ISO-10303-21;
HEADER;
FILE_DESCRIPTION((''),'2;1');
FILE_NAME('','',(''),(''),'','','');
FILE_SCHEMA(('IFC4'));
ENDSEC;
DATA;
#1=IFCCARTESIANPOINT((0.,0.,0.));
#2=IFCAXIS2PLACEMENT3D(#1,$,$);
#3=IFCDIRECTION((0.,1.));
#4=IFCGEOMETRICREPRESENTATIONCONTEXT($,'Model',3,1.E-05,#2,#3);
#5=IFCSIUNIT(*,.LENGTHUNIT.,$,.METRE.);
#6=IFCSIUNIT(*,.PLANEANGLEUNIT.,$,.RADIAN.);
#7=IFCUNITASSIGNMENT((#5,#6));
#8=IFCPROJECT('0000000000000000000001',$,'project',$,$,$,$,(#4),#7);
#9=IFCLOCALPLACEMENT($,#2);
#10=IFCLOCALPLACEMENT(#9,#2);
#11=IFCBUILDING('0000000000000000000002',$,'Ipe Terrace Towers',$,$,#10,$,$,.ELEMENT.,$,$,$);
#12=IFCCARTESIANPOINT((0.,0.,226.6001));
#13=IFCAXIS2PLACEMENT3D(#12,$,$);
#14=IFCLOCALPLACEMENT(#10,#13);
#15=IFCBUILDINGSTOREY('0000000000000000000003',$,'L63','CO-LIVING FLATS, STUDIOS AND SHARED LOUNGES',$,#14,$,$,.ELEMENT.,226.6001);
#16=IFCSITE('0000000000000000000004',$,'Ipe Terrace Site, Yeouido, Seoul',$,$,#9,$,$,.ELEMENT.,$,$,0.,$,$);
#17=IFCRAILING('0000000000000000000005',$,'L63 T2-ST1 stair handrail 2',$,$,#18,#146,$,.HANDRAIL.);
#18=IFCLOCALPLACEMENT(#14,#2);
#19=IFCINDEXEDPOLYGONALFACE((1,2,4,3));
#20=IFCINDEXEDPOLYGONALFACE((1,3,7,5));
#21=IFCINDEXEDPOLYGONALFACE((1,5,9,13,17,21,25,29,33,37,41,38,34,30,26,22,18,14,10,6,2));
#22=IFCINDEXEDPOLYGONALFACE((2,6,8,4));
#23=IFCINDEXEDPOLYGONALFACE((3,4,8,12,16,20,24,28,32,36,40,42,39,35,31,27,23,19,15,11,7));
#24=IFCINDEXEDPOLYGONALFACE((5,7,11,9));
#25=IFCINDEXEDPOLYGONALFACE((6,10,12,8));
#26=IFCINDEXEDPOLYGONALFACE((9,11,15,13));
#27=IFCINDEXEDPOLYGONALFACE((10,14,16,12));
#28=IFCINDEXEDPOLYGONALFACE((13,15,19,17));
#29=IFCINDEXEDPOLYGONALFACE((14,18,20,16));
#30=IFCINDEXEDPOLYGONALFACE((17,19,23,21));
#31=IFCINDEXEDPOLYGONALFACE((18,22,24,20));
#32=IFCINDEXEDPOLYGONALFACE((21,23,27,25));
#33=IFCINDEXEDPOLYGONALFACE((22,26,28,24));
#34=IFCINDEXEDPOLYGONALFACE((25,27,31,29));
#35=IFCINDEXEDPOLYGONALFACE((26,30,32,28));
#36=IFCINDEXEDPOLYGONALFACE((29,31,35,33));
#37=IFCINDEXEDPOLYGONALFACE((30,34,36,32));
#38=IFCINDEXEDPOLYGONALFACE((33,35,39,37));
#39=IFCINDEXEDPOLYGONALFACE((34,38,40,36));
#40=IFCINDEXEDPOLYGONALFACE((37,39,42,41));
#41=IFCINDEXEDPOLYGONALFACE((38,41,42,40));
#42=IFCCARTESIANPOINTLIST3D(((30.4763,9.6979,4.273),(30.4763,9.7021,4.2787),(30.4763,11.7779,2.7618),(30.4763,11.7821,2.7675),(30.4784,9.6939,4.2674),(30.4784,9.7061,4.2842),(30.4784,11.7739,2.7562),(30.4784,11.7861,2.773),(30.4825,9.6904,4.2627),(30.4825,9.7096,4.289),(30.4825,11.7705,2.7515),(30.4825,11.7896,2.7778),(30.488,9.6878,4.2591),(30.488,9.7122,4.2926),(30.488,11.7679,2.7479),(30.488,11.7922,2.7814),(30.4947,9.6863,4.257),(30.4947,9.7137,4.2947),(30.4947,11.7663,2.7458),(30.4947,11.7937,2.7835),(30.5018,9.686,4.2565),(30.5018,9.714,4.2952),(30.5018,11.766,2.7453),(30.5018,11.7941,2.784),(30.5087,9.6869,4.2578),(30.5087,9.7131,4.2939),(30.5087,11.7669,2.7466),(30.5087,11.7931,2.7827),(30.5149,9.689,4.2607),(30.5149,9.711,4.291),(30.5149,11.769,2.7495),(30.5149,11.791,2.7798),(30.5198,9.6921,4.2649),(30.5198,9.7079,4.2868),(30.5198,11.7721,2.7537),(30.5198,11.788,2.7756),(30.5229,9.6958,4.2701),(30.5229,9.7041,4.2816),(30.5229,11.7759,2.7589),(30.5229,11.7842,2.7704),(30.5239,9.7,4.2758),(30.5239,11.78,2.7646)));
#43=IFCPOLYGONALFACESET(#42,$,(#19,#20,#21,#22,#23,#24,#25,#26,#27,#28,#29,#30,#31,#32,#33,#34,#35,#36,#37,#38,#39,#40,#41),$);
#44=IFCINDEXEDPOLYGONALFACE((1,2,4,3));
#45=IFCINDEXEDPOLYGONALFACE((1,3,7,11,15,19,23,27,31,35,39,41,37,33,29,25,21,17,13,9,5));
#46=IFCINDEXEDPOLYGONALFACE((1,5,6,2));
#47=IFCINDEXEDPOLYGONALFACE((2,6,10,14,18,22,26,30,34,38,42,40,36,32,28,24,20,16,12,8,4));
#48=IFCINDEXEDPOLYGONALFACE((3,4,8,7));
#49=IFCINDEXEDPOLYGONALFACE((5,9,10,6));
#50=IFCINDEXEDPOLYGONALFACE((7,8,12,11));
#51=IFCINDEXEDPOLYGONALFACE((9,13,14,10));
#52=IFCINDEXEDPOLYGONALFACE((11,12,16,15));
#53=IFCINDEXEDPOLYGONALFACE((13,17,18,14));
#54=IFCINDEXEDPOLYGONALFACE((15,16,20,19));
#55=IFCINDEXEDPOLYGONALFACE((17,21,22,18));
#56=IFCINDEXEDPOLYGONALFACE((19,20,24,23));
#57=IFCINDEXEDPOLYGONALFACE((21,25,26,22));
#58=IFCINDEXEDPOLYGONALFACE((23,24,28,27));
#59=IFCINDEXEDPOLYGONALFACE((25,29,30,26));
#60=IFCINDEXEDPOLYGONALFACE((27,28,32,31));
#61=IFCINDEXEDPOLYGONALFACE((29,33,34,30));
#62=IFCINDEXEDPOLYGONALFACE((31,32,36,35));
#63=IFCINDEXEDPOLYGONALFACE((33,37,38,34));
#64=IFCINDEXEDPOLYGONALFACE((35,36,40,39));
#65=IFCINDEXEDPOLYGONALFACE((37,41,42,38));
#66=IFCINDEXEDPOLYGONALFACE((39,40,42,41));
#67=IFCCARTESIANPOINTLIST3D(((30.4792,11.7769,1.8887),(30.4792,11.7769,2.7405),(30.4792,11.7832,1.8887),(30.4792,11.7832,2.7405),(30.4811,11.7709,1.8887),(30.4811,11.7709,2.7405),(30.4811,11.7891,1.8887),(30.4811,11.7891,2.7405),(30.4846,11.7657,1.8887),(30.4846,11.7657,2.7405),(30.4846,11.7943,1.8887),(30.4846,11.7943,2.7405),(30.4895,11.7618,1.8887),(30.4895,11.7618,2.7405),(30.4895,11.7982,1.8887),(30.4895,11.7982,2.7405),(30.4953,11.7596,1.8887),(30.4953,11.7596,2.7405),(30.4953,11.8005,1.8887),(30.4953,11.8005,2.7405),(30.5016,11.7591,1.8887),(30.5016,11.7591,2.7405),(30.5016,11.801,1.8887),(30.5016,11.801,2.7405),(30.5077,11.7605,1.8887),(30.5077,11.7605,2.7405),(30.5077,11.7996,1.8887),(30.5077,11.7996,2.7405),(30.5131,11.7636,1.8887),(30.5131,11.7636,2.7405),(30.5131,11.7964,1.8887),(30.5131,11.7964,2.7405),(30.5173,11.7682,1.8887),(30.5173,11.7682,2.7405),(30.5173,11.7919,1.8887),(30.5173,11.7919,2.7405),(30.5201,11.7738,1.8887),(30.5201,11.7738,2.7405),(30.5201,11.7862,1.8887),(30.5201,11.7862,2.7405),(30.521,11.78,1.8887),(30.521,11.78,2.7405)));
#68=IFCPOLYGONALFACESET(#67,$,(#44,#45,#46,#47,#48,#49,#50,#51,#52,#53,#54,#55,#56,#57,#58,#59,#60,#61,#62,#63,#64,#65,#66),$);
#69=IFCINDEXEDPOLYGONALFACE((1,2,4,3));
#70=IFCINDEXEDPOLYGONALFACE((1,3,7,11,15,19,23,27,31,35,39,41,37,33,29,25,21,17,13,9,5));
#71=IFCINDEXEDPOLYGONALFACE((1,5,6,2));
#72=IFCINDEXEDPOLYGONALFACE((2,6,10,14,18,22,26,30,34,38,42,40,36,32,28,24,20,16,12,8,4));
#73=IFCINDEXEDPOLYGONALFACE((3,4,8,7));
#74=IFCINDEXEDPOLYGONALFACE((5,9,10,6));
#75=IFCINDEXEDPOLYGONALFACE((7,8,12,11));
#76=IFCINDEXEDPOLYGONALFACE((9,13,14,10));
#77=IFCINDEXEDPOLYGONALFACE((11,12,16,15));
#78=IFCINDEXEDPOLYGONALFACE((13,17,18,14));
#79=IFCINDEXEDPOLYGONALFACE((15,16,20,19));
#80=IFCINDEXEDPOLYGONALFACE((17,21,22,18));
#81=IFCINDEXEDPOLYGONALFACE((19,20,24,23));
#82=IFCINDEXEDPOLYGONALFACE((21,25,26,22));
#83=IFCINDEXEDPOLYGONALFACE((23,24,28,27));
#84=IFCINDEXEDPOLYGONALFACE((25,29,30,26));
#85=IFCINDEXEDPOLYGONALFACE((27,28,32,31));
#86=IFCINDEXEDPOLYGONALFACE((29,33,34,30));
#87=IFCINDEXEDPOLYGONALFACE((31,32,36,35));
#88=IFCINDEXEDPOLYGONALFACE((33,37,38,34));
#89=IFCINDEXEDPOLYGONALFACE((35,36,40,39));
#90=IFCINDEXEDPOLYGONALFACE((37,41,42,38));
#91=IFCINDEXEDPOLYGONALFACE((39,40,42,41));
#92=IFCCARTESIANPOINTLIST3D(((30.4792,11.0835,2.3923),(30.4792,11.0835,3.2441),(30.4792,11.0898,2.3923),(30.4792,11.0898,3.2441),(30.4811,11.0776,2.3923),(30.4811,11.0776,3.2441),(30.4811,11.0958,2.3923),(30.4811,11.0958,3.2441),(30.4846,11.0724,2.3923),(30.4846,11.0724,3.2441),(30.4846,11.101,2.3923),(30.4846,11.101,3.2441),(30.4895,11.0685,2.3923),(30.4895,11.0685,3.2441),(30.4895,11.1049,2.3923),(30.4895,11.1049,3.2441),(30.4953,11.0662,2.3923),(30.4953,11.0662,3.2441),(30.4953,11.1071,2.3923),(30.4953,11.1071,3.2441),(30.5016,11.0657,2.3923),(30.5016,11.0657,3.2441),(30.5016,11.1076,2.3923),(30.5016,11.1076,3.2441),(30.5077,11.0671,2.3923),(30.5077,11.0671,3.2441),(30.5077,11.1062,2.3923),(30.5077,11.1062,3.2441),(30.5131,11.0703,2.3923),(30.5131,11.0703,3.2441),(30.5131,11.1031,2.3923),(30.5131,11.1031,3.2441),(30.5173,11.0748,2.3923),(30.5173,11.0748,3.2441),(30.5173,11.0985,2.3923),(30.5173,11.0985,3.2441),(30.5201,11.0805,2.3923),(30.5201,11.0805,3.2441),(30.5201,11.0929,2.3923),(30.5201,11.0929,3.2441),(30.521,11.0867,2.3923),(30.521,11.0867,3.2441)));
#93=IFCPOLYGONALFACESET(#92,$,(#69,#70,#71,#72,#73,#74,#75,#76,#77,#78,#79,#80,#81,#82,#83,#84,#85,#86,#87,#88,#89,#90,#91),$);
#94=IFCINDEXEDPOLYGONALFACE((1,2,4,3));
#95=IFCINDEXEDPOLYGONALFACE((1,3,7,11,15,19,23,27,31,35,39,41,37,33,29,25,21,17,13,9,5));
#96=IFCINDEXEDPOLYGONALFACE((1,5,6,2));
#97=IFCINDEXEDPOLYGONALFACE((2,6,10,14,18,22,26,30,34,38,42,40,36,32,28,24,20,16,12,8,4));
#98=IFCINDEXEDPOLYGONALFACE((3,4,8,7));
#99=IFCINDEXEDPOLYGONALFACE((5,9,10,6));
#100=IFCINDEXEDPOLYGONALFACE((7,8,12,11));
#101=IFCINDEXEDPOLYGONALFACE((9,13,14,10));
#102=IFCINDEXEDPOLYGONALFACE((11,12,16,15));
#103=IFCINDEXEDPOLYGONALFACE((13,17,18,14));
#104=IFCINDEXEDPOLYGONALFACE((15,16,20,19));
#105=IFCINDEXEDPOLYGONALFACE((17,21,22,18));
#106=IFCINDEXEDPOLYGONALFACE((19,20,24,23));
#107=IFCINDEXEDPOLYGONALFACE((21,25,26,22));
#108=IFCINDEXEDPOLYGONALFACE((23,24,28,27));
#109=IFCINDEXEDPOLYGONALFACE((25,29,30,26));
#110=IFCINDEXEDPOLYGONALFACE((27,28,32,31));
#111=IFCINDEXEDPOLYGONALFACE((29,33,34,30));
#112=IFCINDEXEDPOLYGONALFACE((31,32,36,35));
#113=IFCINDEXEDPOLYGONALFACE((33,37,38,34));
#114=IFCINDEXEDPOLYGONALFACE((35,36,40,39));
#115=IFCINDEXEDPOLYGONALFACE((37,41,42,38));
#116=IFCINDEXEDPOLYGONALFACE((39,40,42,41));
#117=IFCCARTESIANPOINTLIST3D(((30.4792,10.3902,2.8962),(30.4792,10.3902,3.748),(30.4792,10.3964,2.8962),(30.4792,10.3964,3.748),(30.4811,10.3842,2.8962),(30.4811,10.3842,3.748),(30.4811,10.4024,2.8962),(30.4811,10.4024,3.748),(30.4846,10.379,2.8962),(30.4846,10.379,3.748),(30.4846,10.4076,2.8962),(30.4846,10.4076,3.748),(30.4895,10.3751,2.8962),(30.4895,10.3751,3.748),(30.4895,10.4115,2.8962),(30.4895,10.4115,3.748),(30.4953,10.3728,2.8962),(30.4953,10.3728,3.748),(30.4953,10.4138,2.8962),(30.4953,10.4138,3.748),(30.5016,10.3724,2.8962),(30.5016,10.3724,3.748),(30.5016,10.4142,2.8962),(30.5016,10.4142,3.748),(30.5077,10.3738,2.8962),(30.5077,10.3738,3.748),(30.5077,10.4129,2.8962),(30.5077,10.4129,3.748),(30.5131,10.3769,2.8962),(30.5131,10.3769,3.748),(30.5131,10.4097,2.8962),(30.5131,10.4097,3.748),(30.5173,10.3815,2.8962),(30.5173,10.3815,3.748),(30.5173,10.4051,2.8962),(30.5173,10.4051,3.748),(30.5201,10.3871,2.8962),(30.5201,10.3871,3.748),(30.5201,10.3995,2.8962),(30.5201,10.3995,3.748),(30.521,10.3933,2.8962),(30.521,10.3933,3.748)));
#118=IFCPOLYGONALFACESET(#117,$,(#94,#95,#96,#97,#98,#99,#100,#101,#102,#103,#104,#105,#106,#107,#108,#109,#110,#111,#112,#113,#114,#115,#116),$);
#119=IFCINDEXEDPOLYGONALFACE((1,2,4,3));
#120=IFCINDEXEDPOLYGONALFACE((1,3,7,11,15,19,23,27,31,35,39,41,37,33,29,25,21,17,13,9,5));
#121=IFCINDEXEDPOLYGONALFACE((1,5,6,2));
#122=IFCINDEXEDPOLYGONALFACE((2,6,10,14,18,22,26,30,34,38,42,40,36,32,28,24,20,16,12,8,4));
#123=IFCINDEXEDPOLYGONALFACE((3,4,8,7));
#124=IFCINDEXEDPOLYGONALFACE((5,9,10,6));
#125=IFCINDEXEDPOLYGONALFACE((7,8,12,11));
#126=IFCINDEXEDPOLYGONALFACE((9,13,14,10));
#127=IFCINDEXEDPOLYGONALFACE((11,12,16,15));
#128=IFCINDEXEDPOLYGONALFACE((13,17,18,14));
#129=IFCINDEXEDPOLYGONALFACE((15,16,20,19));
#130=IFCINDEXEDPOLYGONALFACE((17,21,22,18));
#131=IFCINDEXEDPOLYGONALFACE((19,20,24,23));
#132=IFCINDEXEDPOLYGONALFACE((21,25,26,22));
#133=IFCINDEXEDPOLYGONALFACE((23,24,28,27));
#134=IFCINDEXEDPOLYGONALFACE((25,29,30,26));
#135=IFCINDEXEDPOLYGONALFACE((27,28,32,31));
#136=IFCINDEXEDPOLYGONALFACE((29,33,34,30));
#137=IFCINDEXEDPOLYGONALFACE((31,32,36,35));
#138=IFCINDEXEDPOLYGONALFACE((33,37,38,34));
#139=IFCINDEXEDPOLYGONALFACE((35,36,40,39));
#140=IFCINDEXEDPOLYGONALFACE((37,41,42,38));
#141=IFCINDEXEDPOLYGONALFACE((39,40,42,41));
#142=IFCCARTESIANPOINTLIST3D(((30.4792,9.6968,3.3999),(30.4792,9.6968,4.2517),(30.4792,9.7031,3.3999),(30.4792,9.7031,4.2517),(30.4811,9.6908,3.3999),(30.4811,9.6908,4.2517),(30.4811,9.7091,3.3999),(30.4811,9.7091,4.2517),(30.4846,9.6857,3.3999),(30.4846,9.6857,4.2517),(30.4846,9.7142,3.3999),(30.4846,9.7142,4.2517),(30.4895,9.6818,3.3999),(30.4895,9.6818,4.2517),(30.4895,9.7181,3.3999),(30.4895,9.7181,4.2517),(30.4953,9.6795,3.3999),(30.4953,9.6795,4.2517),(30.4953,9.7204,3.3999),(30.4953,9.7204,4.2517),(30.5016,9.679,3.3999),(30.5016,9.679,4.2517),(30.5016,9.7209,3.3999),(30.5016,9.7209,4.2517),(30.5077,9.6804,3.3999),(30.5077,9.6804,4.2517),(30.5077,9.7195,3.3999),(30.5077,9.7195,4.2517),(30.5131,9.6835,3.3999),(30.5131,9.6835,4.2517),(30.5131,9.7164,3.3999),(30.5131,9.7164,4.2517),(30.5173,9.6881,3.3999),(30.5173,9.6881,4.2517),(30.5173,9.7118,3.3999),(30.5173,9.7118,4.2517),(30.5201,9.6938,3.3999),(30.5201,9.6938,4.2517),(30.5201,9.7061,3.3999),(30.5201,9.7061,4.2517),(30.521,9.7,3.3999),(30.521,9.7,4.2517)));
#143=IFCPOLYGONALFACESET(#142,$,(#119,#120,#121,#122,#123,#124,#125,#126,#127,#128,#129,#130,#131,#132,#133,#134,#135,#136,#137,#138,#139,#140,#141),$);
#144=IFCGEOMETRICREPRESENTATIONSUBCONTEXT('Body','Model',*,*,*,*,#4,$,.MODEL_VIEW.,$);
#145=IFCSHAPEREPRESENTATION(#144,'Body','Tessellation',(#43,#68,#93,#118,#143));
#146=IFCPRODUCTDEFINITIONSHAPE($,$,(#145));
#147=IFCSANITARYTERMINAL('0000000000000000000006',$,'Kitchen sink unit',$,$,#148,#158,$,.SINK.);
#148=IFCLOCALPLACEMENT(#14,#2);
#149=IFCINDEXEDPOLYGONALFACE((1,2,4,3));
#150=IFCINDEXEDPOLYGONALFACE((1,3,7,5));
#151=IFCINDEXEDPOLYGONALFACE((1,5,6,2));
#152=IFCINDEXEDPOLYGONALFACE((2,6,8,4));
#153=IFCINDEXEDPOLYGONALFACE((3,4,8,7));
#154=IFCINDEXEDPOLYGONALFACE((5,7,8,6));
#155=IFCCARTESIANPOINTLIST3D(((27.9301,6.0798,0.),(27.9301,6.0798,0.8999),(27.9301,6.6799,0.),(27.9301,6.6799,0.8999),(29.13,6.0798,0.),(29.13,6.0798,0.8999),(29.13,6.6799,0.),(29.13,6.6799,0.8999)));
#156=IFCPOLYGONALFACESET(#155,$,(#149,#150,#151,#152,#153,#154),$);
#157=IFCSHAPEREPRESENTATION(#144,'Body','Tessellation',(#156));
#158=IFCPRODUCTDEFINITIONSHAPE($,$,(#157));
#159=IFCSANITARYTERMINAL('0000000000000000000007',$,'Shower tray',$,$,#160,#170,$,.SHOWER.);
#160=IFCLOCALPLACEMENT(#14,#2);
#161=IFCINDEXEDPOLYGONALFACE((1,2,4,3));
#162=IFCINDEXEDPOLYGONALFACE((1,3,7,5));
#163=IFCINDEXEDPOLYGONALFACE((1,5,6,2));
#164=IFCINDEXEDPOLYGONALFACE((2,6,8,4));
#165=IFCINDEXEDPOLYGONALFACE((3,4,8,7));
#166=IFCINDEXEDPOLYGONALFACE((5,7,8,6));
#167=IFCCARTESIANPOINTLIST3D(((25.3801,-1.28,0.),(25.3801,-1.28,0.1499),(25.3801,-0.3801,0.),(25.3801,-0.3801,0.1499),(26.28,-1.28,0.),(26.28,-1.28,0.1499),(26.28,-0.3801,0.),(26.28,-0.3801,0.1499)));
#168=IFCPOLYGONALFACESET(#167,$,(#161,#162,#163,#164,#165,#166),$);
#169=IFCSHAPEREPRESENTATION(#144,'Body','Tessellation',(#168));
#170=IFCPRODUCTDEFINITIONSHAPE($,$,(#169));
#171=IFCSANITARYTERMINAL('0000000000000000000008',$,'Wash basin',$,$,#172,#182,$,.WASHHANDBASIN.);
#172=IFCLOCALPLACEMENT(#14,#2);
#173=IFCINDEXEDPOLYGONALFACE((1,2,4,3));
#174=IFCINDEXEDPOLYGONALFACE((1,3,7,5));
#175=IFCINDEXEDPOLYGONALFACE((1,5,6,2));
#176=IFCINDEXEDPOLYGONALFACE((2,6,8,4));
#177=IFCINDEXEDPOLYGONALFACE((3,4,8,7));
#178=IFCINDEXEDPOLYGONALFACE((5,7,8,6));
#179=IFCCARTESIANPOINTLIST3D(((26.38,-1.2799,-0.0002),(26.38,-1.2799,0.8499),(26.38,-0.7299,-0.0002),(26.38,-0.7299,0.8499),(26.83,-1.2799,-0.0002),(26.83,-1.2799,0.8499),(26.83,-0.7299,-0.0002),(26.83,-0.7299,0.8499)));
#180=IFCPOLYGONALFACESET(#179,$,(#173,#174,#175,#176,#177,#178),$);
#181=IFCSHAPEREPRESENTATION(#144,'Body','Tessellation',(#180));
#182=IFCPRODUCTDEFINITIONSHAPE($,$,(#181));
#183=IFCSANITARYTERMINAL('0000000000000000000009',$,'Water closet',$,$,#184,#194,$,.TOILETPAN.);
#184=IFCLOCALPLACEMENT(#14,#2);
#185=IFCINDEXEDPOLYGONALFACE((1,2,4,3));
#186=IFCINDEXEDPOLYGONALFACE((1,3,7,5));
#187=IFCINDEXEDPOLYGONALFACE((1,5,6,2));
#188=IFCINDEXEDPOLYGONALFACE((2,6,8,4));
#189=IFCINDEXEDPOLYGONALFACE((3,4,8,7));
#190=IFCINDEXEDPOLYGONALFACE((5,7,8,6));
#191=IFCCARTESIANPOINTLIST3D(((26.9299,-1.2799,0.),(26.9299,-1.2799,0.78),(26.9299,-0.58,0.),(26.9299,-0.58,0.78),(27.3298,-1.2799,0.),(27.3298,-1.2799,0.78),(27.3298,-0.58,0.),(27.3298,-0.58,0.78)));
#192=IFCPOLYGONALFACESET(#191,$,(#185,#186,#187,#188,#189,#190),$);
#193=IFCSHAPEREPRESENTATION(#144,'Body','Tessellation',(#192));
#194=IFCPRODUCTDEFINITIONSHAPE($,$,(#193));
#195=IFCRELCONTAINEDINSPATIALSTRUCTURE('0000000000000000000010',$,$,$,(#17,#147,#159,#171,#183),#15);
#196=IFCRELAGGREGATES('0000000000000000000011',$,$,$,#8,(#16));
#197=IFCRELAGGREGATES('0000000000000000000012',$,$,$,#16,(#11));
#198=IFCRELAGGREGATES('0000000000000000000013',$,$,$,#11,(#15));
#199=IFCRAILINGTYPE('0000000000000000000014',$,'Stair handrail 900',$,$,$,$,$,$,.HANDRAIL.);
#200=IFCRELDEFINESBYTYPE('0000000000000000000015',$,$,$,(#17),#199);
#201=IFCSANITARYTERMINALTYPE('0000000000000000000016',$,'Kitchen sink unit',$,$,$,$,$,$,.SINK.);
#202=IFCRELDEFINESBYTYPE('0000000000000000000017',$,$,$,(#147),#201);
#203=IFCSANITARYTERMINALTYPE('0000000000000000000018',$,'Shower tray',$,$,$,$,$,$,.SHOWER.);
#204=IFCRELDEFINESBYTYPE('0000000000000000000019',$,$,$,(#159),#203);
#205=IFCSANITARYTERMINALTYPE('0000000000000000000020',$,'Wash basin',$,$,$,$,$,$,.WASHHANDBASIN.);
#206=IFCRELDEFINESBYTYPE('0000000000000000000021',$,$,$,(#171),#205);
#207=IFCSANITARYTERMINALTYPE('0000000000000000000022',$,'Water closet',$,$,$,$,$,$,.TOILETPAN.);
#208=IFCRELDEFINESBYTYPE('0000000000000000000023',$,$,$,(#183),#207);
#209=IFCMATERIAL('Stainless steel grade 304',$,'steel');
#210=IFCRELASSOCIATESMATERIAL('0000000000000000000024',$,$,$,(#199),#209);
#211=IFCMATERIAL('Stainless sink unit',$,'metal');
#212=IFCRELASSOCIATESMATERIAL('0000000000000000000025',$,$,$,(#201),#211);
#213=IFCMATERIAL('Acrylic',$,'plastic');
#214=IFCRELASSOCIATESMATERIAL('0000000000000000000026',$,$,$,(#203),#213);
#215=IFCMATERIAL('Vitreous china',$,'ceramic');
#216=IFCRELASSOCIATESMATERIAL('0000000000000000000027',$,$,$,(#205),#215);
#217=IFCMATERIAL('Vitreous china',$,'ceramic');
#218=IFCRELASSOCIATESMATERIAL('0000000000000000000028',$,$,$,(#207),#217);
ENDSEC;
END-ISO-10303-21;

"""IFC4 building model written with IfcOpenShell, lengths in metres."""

from ifc_helpers import new_model, si_unit, direction, frame, origin, origin_2d, place, context, subcontext, project, spatial, rectangle, circle, extrude, material, type_object, element, save


model = new_model("IFC4")

# Units and contexts
model_context = context("Model", 3, precision=1e-05, world=origin(), true_north=direction((0.0, 1.0)))
body_context = subcontext(model_context, "Body", "Model", "MODEL_VIEW")
ifc_project = project(units=[si_unit("LENGTHUNIT", "METRE"), si_unit("PLANEANGLEUNIT", "RADIAN")], contexts=[model_context])

# Site, building, storey
site_placement = place(None, origin())
site = spatial("IfcSite", under=ifc_project, at=site_placement, Name="Ipe Terrace Site, Yeouido, Seoul", CompositionType="ELEMENT", RefElevation=0.0)
building_placement = place(site_placement, origin())
building = spatial("IfcBuilding", under=site, at=building_placement, Name="Ipe Terrace Towers", CompositionType="ELEMENT")
storey_placement = place(building_placement, frame((0.0, 0.0, 226.6001)))
storey = spatial("IfcBuildingStorey", under=building, at=storey_placement, Name="L63", Description="CO-LIVING FLATS, STUDIOS AND SHARED LOUNGES", CompositionType="ELEMENT", Elevation=226.6001)

# Railing
ifc_material_1 = material(Name="Stainless steel grade 304", Category="steel")
railing_type_1 = type_object("IfcRailingType", Name="Stair handrail 900", PredefinedType="HANDRAIL", material=ifc_material_1)
railing_1_placement = place(storey_placement, frame((30.5, 11.78, 1.8887)))
element("IfcRailing", 1, at=railing_1_placement, inside=storey, type_object=railing_type_1, Name="L63 T2-ST1 stair handrail 2", PredefinedType="HANDRAIL", context=body_context, shape_type="SweptSolid", body=[
    extrude(circle(Radius=0.0239, at=origin_2d()), frame((0.0, 0.0, 0.876), z_axis=(0.0, -0.809023, 0.587776), x_axis=(1.0, 0.0, 0.0)), (0.0, 0.0, 1.0), 2.571),
    extrude(circle(Radius=0.021, at=origin_2d()), origin(), (0.0, 0.0, 1.0), 0.8518),
    extrude(circle(Radius=0.021, at=origin_2d()), frame((0.0, -0.6934, 0.5037)), (0.0, 0.0, 1.0), 0.8518),
    extrude(circle(Radius=0.021, at=origin_2d()), frame((0.0, -1.3867, 1.0076)), (0.0, 0.0, 1.0), 0.8518),
    extrude(circle(Radius=0.021, at=origin_2d()), frame((0.0, -2.0801, 1.5112)), (0.0, 0.0, 1.0), 0.8518),
])

# Sanitary terminals
ifc_material_2 = material(Name="Stainless sink unit", Category="metal")
sanitary_terminal_type_1 = type_object("IfcSanitaryTerminalType", Name="Kitchen sink unit", PredefinedType="SINK", material=ifc_material_2)
sanitary_terminal_1_placement = place(storey_placement, frame((28.53, 6.3799, 0.0), z_axis=(0.0, 0.0, 1.0), x_axis=(1.0, 0.0, 0.0)))
element("IfcSanitaryTerminal", 2, at=sanitary_terminal_1_placement, inside=storey, type_object=sanitary_terminal_type_1, Name="Kitchen sink unit", PredefinedType="SINK", context=body_context, shape_type="SweptSolid", body=[
    extrude(rectangle(XDim=1.2, YDim=0.6001, at=origin_2d()), origin(), (0.0, 0.0, 1.0), 0.8999),
])
ifc_material_3 = material(Name="Acrylic", Category="plastic")
sanitary_terminal_type_2 = type_object("IfcSanitaryTerminalType", Name="Shower tray", PredefinedType="SHOWER", material=ifc_material_3)
sanitary_terminal_2_placement = place(storey_placement, frame((25.8301, -0.8301, 0.0), z_axis=(0.0, 0.0, 1.0), x_axis=(0.0, 1.0, 0.0)))
element("IfcSanitaryTerminal", 3, at=sanitary_terminal_2_placement, inside=storey, type_object=sanitary_terminal_type_2, Name="Shower tray", PredefinedType="SHOWER", context=body_context, shape_type="SweptSolid", body=[
    extrude(rectangle(XDim=0.8999, YDim=0.8999, at=origin_2d()), origin(), (0.0, 0.0, 1.0), 0.1499),
])
ifc_material_4 = material(Name="Vitreous china", Category="ceramic")
sanitary_terminal_type_3 = type_object("IfcSanitaryTerminalType", Name="Wash basin", PredefinedType="WASHHANDBASIN", material=ifc_material_4)
sanitary_terminal_3_placement = place(storey_placement, frame((26.605, -1.0049, -0.0002), z_axis=(0.0, 0.0, 1.0), x_axis=(0.0, 1.0, 0.0)))
element("IfcSanitaryTerminal", 4, at=sanitary_terminal_3_placement, inside=storey, type_object=sanitary_terminal_type_3, Name="Wash basin", PredefinedType="WASHHANDBASIN", context=body_context, shape_type="SweptSolid", body=[
    extrude(rectangle(XDim=0.55, YDim=0.45, at=origin_2d()), origin(), (0.0, 0.0, 1.0), 0.8501),
])
ifc_material_5 = material(Name="Vitreous china", Category="ceramic")
sanitary_terminal_type_4 = type_object("IfcSanitaryTerminalType", Name="Water closet", PredefinedType="TOILETPAN", material=ifc_material_5)
sanitary_terminal_4_placement = place(storey_placement, frame((27.1299, -0.9299, 0.0), z_axis=(0.0, 0.0, 1.0), x_axis=(0.0, 1.0, 0.0)))
element("IfcSanitaryTerminal", 5, at=sanitary_terminal_4_placement, inside=storey, type_object=sanitary_terminal_type_4, Name="Water closet", PredefinedType="TOILETPAN", context=body_context, shape_type="SweptSolid", body=[
    extrude(rectangle(XDim=0.7, YDim=0.3999, at=origin_2d()), origin(), (0.0, 0.0, 1.0), 0.78),
])

save(model, "model.ifc")
